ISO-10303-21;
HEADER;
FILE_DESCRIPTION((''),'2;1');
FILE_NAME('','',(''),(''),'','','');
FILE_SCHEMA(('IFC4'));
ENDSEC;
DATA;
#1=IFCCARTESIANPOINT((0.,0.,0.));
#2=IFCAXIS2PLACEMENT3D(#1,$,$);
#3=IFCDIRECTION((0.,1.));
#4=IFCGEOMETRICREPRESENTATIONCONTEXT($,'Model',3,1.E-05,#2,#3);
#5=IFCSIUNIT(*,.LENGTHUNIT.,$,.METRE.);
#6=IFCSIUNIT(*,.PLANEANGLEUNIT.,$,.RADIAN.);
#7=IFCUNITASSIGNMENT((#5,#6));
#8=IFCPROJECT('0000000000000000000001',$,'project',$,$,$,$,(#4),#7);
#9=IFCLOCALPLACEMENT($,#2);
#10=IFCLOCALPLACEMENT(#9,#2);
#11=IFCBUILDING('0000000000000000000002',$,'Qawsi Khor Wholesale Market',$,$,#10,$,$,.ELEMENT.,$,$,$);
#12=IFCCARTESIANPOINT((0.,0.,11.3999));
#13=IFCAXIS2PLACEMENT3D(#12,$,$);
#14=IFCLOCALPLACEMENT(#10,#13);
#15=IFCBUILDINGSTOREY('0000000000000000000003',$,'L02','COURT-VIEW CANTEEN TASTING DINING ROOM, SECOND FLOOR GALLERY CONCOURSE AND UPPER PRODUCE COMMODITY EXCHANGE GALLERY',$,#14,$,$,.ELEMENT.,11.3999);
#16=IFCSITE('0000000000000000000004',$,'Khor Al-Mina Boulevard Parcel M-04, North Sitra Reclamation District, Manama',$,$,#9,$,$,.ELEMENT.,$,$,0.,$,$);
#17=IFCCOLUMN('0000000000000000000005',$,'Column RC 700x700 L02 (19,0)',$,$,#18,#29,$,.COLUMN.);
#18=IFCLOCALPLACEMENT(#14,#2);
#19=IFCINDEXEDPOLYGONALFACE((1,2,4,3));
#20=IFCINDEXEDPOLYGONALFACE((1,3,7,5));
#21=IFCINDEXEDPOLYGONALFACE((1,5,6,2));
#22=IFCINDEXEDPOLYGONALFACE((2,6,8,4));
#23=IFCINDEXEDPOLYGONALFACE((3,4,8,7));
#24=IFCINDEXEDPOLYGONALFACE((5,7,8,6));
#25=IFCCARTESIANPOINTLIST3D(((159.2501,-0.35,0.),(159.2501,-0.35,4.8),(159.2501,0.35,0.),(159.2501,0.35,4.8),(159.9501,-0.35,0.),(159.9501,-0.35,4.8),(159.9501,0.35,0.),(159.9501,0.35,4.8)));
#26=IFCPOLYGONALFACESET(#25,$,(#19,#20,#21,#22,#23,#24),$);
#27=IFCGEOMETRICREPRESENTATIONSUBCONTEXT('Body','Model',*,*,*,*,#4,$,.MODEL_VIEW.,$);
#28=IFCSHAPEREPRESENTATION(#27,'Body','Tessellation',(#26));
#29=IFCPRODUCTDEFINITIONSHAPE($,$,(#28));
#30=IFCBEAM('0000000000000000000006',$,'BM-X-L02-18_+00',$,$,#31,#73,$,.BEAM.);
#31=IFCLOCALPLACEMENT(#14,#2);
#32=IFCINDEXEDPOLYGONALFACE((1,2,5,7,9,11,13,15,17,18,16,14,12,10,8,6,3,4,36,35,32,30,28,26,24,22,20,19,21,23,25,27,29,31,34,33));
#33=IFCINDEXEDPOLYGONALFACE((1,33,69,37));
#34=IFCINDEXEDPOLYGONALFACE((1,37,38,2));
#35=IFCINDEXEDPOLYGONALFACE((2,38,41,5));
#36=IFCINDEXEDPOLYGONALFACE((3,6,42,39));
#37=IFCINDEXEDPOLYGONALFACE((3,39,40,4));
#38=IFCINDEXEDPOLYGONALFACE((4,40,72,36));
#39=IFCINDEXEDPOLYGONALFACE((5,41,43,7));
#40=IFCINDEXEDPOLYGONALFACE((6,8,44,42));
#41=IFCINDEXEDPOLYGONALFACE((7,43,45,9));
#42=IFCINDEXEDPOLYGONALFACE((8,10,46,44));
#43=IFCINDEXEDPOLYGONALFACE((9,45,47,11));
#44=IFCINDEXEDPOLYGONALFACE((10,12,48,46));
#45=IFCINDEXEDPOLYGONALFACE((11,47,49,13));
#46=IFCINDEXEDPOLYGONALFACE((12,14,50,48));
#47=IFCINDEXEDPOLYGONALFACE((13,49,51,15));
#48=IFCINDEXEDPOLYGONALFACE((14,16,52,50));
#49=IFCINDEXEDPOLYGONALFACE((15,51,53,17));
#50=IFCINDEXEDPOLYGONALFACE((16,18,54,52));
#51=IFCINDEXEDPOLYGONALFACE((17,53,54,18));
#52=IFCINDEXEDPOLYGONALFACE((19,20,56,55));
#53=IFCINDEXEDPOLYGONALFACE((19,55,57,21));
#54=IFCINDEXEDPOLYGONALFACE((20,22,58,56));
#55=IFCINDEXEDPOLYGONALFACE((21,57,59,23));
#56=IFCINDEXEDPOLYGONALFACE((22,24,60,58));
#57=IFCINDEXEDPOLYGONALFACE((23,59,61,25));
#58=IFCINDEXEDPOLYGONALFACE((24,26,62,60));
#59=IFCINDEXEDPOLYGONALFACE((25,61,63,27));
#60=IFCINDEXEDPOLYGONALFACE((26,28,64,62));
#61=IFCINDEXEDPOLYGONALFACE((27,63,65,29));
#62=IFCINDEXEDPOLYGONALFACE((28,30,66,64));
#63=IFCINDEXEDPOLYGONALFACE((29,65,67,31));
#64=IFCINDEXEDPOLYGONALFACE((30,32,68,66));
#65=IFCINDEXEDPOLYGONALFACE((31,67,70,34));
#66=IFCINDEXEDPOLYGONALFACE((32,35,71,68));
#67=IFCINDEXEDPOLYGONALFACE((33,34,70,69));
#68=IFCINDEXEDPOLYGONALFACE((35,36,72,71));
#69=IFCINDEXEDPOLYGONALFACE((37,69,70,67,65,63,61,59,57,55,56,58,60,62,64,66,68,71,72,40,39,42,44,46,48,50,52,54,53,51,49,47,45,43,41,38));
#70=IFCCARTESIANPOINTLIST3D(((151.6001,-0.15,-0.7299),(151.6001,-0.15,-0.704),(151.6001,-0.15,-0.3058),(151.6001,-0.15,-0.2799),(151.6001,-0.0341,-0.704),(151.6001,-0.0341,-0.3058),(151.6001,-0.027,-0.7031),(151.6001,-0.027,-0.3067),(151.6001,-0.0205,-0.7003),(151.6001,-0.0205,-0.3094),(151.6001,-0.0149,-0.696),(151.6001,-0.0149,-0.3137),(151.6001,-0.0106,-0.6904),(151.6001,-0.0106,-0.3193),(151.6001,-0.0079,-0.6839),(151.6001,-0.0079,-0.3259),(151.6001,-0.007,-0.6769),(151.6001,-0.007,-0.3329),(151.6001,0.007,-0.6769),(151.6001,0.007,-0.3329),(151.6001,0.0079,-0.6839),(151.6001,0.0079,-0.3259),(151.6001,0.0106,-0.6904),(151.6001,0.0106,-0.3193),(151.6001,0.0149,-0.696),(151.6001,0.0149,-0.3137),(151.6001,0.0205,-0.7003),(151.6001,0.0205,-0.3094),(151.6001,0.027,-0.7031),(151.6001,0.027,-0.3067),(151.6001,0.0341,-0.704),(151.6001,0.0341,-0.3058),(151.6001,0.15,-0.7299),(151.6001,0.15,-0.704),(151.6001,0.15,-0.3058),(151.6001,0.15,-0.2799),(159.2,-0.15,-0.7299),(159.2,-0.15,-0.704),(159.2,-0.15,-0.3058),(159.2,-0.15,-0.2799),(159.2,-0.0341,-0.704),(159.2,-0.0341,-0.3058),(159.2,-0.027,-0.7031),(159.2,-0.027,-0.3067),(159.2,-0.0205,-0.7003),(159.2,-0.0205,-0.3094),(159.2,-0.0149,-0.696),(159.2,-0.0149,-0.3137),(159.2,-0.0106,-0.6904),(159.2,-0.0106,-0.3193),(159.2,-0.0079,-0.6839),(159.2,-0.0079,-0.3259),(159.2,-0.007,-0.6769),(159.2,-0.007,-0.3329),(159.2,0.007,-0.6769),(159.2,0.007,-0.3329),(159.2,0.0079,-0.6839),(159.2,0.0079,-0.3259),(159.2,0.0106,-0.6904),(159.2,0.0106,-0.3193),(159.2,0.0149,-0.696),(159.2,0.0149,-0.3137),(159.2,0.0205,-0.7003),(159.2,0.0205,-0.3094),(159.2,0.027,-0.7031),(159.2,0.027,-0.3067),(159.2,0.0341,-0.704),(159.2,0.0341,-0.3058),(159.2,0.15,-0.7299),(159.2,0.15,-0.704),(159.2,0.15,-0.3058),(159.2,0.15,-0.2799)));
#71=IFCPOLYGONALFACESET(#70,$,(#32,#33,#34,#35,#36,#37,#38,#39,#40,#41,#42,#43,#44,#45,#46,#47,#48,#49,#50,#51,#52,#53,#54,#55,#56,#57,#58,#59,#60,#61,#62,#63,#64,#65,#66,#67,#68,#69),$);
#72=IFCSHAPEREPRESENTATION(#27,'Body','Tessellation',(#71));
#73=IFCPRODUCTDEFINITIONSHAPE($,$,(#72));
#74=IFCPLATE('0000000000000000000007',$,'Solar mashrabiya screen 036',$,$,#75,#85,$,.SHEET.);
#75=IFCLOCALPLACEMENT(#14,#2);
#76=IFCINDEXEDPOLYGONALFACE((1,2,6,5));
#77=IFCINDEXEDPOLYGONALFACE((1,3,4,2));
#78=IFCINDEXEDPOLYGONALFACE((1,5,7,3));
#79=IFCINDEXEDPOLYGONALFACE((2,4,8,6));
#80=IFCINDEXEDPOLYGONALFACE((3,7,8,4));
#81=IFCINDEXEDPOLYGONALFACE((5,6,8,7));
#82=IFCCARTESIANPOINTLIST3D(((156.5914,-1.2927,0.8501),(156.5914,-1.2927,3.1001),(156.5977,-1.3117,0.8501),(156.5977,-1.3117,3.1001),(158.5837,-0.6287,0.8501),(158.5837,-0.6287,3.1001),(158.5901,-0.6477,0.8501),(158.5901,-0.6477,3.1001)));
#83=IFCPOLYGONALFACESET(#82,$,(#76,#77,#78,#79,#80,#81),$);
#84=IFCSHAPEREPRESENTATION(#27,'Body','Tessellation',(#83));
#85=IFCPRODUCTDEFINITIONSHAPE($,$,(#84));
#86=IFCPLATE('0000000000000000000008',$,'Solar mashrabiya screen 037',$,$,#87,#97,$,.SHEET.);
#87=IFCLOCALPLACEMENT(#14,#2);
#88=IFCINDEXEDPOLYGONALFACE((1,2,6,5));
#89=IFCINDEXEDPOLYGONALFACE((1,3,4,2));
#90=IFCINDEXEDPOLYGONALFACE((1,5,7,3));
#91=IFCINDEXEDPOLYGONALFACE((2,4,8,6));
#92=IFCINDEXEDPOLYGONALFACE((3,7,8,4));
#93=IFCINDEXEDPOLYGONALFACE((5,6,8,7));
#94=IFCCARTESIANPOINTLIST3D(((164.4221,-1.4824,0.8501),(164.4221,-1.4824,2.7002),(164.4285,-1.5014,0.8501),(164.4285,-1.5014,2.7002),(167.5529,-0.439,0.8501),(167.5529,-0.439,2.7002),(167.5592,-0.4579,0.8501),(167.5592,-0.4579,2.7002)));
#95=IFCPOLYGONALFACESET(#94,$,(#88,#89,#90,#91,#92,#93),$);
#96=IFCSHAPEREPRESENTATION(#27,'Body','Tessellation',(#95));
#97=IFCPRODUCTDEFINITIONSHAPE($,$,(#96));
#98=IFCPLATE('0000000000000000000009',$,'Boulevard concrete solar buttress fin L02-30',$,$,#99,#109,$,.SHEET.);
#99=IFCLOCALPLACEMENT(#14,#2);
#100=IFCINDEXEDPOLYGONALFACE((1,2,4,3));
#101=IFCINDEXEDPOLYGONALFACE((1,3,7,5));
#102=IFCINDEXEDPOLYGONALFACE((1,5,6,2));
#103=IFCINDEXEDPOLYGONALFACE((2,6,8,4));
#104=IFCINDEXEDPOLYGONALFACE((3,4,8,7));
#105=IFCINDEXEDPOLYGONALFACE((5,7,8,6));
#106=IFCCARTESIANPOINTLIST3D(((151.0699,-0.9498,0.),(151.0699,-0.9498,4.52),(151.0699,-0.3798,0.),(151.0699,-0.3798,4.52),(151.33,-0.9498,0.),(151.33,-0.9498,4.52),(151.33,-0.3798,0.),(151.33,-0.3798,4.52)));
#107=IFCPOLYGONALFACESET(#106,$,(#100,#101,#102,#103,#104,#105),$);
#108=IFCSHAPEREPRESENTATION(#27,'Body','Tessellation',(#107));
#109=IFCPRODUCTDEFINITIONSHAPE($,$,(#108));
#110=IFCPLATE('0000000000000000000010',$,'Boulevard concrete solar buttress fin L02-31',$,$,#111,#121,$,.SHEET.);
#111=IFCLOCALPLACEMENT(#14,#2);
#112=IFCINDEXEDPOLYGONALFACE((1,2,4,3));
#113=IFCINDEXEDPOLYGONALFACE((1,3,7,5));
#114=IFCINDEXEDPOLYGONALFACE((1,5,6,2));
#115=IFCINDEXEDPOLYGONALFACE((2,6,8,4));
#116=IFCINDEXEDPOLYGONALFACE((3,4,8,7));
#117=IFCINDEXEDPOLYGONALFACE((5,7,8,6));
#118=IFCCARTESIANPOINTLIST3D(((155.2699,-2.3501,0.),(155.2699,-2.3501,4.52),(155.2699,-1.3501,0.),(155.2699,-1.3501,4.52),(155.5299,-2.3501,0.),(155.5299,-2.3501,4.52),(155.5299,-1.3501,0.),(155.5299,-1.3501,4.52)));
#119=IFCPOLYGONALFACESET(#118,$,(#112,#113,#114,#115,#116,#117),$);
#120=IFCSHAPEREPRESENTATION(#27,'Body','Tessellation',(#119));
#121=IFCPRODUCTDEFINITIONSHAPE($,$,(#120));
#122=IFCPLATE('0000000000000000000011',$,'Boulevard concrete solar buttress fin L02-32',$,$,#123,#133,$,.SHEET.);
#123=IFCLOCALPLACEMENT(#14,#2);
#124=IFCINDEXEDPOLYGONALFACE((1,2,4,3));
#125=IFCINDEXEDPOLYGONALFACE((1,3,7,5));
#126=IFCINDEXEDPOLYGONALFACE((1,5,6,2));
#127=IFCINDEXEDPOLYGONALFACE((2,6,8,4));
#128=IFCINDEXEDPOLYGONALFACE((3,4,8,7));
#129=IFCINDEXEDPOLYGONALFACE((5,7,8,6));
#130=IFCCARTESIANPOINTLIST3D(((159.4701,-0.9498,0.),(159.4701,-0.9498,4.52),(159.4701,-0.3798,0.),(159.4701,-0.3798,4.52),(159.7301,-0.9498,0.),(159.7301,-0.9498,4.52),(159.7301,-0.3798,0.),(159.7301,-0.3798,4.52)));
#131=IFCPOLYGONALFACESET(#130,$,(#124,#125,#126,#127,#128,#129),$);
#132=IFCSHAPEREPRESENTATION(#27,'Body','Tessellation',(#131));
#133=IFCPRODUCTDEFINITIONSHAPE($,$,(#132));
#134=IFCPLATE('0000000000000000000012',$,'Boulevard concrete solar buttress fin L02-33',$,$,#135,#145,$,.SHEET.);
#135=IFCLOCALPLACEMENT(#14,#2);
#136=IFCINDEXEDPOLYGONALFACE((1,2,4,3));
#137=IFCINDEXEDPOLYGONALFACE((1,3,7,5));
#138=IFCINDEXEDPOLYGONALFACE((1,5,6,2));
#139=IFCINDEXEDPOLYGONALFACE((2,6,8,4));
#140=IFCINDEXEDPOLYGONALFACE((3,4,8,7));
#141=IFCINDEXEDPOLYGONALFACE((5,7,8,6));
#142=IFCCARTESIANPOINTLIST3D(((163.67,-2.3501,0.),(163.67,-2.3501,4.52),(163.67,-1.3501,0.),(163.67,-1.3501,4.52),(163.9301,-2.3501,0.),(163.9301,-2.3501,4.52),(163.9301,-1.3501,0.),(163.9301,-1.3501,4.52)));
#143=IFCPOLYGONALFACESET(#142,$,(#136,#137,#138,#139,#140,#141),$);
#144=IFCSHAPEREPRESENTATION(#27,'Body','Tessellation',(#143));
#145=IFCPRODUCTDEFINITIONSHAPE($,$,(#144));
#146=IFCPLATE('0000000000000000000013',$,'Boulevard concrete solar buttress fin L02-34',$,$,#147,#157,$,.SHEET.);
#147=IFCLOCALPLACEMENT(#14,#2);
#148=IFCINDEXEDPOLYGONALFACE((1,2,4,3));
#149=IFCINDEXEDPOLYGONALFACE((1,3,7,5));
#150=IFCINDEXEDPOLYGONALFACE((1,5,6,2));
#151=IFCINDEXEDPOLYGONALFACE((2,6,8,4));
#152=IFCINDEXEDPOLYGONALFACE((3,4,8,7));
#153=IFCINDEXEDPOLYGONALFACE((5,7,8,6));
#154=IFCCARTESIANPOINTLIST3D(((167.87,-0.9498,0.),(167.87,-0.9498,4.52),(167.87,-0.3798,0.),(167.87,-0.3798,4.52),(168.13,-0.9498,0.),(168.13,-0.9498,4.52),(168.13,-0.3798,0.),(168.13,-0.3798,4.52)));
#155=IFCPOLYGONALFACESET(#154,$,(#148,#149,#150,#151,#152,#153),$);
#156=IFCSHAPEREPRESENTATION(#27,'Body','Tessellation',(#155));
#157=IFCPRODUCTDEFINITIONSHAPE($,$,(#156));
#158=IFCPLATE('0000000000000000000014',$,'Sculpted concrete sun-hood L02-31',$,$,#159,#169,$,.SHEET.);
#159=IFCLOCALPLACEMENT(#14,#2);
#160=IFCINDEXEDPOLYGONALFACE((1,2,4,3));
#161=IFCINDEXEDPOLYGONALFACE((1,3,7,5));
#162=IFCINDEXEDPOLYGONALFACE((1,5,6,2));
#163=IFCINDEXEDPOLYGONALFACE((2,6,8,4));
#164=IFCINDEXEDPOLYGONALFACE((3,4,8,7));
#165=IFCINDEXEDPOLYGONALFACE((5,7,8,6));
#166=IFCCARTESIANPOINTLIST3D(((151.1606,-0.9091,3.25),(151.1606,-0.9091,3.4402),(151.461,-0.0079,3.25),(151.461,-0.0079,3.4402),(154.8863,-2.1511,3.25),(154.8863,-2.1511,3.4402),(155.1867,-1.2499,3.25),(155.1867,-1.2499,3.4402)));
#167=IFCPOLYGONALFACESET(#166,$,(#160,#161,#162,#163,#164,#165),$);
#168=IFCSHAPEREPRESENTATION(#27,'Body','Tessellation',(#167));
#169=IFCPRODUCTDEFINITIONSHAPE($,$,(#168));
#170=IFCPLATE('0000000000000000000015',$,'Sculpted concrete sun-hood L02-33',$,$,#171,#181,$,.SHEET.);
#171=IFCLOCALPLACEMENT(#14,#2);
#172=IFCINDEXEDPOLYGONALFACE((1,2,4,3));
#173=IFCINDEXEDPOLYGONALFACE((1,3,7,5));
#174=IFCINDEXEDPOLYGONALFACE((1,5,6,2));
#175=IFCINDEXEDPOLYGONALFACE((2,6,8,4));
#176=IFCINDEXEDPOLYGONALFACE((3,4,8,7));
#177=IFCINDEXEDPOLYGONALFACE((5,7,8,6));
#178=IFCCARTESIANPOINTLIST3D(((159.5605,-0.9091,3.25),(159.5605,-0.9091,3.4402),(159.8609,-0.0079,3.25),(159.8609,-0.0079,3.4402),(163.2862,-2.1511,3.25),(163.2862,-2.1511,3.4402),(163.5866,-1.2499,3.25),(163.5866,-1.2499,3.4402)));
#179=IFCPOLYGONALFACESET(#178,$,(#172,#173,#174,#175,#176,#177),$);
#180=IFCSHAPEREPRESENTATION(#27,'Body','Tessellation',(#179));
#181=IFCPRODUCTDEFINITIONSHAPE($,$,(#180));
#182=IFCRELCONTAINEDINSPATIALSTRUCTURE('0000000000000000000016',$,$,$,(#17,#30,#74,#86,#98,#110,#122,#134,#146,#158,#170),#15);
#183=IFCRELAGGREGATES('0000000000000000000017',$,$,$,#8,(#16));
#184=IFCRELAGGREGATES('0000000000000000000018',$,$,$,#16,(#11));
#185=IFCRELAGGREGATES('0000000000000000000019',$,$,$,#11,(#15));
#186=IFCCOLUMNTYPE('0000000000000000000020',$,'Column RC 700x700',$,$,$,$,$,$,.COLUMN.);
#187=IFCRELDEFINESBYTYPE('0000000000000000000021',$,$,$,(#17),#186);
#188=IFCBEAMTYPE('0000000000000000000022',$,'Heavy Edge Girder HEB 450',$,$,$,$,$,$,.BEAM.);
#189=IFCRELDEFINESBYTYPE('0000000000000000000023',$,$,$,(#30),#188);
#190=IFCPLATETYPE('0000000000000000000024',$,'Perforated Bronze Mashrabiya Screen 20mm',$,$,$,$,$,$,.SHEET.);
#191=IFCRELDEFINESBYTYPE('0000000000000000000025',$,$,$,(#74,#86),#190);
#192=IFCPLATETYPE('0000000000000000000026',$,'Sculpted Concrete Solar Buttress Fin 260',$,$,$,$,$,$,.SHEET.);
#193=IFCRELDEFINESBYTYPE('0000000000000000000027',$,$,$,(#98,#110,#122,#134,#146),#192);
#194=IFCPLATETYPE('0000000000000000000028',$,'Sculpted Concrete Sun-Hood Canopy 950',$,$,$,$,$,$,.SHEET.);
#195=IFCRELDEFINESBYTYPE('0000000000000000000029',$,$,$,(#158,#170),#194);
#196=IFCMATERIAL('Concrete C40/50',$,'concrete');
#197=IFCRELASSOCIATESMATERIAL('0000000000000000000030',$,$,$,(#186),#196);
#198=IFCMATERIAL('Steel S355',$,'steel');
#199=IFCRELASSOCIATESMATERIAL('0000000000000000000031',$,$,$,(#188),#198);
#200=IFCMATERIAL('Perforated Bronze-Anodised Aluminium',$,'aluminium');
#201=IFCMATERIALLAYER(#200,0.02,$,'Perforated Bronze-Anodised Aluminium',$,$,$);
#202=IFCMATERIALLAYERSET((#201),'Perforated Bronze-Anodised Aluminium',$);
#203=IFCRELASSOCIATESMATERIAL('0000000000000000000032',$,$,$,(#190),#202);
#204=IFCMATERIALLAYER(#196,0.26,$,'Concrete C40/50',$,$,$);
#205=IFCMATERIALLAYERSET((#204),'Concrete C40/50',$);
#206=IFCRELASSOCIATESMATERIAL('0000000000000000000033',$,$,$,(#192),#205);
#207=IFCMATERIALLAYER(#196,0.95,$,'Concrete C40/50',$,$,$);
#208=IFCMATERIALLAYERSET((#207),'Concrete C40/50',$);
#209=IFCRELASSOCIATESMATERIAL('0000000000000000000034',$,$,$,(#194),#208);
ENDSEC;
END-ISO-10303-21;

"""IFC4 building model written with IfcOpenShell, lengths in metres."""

from ifc_helpers import new_model, si_unit, direction, frame, frame_2d, origin, origin_2d, place, context, subcontext, project, spatial, rectangle, i_section, extrude, material, layer, layer_set, material_profile, profile_set, type_object, element, save


model = new_model("IFC4")

# Units and contexts
model_context = context("Model", 3, precision=1e-05, world=origin(), true_north=direction((0.0, 1.0)))
body_context = subcontext(model_context, "Body", "Model", "MODEL_VIEW")
ifc_project = project(units=[si_unit("LENGTHUNIT", "METRE"), si_unit("PLANEANGLEUNIT", "RADIAN")], contexts=[model_context])

# Site, building, storey
site_placement = place(None, origin())
site = spatial("IfcSite", under=ifc_project, at=site_placement, Name="Khor Al-Mina Boulevard Parcel M-04, North Sitra Reclamation District, Manama", CompositionType="ELEMENT", RefElevation=0.0)
building_placement = place(site_placement, origin())
building = spatial("IfcBuilding", under=site, at=building_placement, Name="Qawsi Khor Wholesale Market", CompositionType="ELEMENT")
storey_placement = place(building_placement, frame((0.0, 0.0, 11.3999)))
storey = spatial("IfcBuildingStorey", under=building, at=storey_placement, Name="L02", Description="COURT-VIEW CANTEEN TASTING DINING ROOM, SECOND FLOOR GALLERY CONCOURSE AND UPPER PRODUCE COMMODITY EXCHANGE GALLERY", CompositionType="ELEMENT", Elevation=11.3999)

# Column
ifc_material_1 = material(Name="Concrete C40/50", Category="concrete")
ifc_material_profile_1 = material_profile(ifc_material_1, rectangle(XDim=0.7, YDim=0.7, at=origin_2d()), Name="RC 700x700")
ifc_profile_set_1 = profile_set([ifc_material_profile_1], Name="Concrete C40/50")
column_type = type_object("IfcColumnType", Name="Column RC 700x700", PredefinedType="COLUMN", material=ifc_profile_set_1)
column_placement = place(storey_placement, frame((159.6001, 0.0, 0.0), z_axis=(0.0, 0.0, 1.0), x_axis=(1.0, 0.0, 0.0)))
element("IfcColumn", 1, at=column_placement, inside=storey, type_object=column_type, Name="Column RC 700x700 L02 (19,0)", PredefinedType="COLUMN", context=body_context, shape_type="SweptSolid", body=[
    extrude(rectangle(XDim=0.7, YDim=0.7, at=origin_2d()), origin(), (0.0, 0.0, 1.0), 4.8),
])

# Beam
ifc_material_2 = material(Name="Steel S355", Category="steel")
ifc_material_profile_2 = material_profile(ifc_material_2, i_section(OverallWidth=0.3, OverallDepth=0.45, WebThickness=0.0139, FlangeThickness=0.0259, FilletRadius=0.0271, at=origin_2d()), Name="HEB 450")
ifc_profile_set_2 = profile_set([ifc_material_profile_2], Name="Steel S355")
beam_type = type_object("IfcBeamType", Name="Heavy Edge Girder HEB 450", PredefinedType="BEAM", material=ifc_profile_set_2)
beam_placement = place(storey_placement, frame((151.6001, 0.0, -0.5049), z_axis=(1.0, 0.0, 0.0), x_axis=(0.0, 1.0, 0.0)))
element("IfcBeam", 2, at=beam_placement, inside=storey, type_object=beam_type, Name="BM-X-L02-18_+00", PredefinedType="BEAM", context=body_context, shape_type="SweptSolid", body=[
    extrude(i_section(OverallWidth=0.3, OverallDepth=0.45, WebThickness=0.0139, FlangeThickness=0.0259, FilletRadius=0.0271, at=origin_2d()), origin(), (0.0, 0.0, 1.0), 7.5999),
])

# Plates
ifc_material_3 = material(Name="Perforated Bronze-Anodised Aluminium", Category="aluminium")
ifc_layer_1 = layer(ifc_material_3, 0.02, Name="Perforated Bronze-Anodised Aluminium")
ifc_layer_set_1 = layer_set([ifc_layer_1], Name="Perforated Bronze-Anodised Aluminium")
plate_type_1 = type_object("IfcPlateType", Name="Perforated Bronze Mashrabiya Screen 20mm", PredefinedType="SHEET", material=ifc_layer_set_1)
plate_1_placement = place(storey_placement, frame((158.5869, -0.6382, 0.8501), z_axis=(0.0, 0.0, 1.0), x_axis=(-0.948695, -0.316193, 0.0)))
element("IfcPlate", 3, at=plate_1_placement, inside=storey, type_object=plate_type_1, Name="Solar mashrabiya screen 036", PredefinedType="SHEET", context=body_context, shape_type="SweptSolid", body=[
    extrude(rectangle(XDim=2.1001, YDim=0.02, at=frame_2d((1.05, 0.0))), origin(), (0.0, 0.0, 1.0), 2.25),
])
plate_2_placement = place(storey_placement, frame((167.5559, -0.4485, 0.8501), z_axis=(0.0, 0.0, 1.0), x_axis=(-0.948691, -0.316206, 0.0)))
element("IfcPlate", 4, at=plate_2_placement, inside=storey, type_object=plate_type_1, Name="Solar mashrabiya screen 037", PredefinedType="SHEET", context=body_context, shape_type="SweptSolid", body=[
    extrude(rectangle(XDim=3.3, YDim=0.02, at=frame_2d((1.6499, 0.0))), origin(), (0.0, 0.0, 1.0), 1.8501),
])
ifc_layer_2 = layer(ifc_material_1, 0.26, Name="Concrete C40/50")
ifc_layer_set_2 = layer_set([ifc_layer_2], Name="Concrete C40/50")
plate_type_2 = type_object("IfcPlateType", Name="Sculpted Concrete Solar Buttress Fin 260", PredefinedType="SHEET", material=ifc_layer_set_2)
plate_3_placement = place(storey_placement, frame((151.2, -0.95, 0.0), z_axis=(0.0, 0.0, 1.0), x_axis=(0.0, 1.0, 0.0)))
element("IfcPlate", 5, at=plate_3_placement, inside=storey, type_object=plate_type_2, Name="Boulevard concrete solar buttress fin L02-30", PredefinedType="SHEET", context=body_context, shape_type="SweptSolid", body=[
    extrude(rectangle(XDim=0.5701, YDim=0.26, at=frame_2d((0.2852, 0.0))), origin(), (0.0, 0.0, 1.0), 4.52),
])
plate_4_placement = place(storey_placement, frame((155.3999, -2.3501, 0.0), z_axis=(0.0, 0.0, 1.0), x_axis=(0.0, 1.0, 0.0)))
element("IfcPlate", 6, at=plate_4_placement, inside=storey, type_object=plate_type_2, Name="Boulevard concrete solar buttress fin L02-31", PredefinedType="SHEET", context=body_context, shape_type="SweptSolid", body=[
    extrude(rectangle(XDim=1.0, YDim=0.26, at=frame_2d((0.5, 0.0))), origin(), (0.0, 0.0, 1.0), 4.52),
])
plate_5_placement = place(storey_placement, frame((159.6001, -0.95, 0.0), z_axis=(0.0, 0.0, 1.0), x_axis=(0.0, 1.0, 0.0)))
element("IfcPlate", 7, at=plate_5_placement, inside=storey, type_object=plate_type_2, Name="Boulevard concrete solar buttress fin L02-32", PredefinedType="SHEET", context=body_context, shape_type="SweptSolid", body=[
    extrude(rectangle(XDim=0.5701, YDim=0.26, at=frame_2d((0.2852, 0.0))), origin(), (0.0, 0.0, 1.0), 4.52),
])
plate_6_placement = place(storey_placement, frame((163.8, -2.3501, 0.0), z_axis=(0.0, 0.0, 1.0), x_axis=(0.0, 1.0, 0.0)))
element("IfcPlate", 8, at=plate_6_placement, inside=storey, type_object=plate_type_2, Name="Boulevard concrete solar buttress fin L02-33", PredefinedType="SHEET", context=body_context, shape_type="SweptSolid", body=[
    extrude(rectangle(XDim=1.0, YDim=0.26, at=frame_2d((0.5, 0.0))), origin(), (0.0, 0.0, 1.0), 4.52),
])
plate_7_placement = place(storey_placement, frame((168.0, -0.95, 0.0), z_axis=(0.0, 0.0, 1.0), x_axis=(0.0, 1.0, 0.0)))
element("IfcPlate", 9, at=plate_7_placement, inside=storey, type_object=plate_type_2, Name="Boulevard concrete solar buttress fin L02-34", PredefinedType="SHEET", context=body_context, shape_type="SweptSolid", body=[
    extrude(rectangle(XDim=0.5701, YDim=0.26, at=frame_2d((0.2852, 0.0))), origin(), (0.0, 0.0, 1.0), 4.52),
])
ifc_layer_3 = layer(ifc_material_1, 0.95, Name="Concrete C40/50")
ifc_layer_set_3 = layer_set([ifc_layer_3], Name="Concrete C40/50")
plate_type_3 = type_object("IfcPlateType", Name="Sculpted Concrete Sun-Hood Canopy 950", PredefinedType="SHEET", material=ifc_layer_set_3)
for number, where, z_axis, x_axis, name in (
    (10, (151.3108, -0.4585, 3.25), (0.0, 0.0, 1.0), (0.948677, -0.316246, 0.0), "Sculpted concrete sun-hood L02-31"),
    (11, (159.7107, -0.4585, 3.25), (0.0, 0.0, 1.0), (0.948677, -0.316246, 0.0), "Sculpted concrete sun-hood L02-33"),
):
    element("IfcPlate", number, at=place(storey_placement, frame(where, z_axis=z_axis, x_axis=x_axis)), inside=storey, type_object=plate_type_3, Name=name, PredefinedType="SHEET", context=body_context, shape_type="SweptSolid", body=[
        extrude(rectangle(XDim=3.9272, YDim=0.95, at=frame_2d((1.9636, 0.0))), origin(), (0.0, 0.0, 1.0), 0.1902),
    ])

save(model, "model.ifc")
